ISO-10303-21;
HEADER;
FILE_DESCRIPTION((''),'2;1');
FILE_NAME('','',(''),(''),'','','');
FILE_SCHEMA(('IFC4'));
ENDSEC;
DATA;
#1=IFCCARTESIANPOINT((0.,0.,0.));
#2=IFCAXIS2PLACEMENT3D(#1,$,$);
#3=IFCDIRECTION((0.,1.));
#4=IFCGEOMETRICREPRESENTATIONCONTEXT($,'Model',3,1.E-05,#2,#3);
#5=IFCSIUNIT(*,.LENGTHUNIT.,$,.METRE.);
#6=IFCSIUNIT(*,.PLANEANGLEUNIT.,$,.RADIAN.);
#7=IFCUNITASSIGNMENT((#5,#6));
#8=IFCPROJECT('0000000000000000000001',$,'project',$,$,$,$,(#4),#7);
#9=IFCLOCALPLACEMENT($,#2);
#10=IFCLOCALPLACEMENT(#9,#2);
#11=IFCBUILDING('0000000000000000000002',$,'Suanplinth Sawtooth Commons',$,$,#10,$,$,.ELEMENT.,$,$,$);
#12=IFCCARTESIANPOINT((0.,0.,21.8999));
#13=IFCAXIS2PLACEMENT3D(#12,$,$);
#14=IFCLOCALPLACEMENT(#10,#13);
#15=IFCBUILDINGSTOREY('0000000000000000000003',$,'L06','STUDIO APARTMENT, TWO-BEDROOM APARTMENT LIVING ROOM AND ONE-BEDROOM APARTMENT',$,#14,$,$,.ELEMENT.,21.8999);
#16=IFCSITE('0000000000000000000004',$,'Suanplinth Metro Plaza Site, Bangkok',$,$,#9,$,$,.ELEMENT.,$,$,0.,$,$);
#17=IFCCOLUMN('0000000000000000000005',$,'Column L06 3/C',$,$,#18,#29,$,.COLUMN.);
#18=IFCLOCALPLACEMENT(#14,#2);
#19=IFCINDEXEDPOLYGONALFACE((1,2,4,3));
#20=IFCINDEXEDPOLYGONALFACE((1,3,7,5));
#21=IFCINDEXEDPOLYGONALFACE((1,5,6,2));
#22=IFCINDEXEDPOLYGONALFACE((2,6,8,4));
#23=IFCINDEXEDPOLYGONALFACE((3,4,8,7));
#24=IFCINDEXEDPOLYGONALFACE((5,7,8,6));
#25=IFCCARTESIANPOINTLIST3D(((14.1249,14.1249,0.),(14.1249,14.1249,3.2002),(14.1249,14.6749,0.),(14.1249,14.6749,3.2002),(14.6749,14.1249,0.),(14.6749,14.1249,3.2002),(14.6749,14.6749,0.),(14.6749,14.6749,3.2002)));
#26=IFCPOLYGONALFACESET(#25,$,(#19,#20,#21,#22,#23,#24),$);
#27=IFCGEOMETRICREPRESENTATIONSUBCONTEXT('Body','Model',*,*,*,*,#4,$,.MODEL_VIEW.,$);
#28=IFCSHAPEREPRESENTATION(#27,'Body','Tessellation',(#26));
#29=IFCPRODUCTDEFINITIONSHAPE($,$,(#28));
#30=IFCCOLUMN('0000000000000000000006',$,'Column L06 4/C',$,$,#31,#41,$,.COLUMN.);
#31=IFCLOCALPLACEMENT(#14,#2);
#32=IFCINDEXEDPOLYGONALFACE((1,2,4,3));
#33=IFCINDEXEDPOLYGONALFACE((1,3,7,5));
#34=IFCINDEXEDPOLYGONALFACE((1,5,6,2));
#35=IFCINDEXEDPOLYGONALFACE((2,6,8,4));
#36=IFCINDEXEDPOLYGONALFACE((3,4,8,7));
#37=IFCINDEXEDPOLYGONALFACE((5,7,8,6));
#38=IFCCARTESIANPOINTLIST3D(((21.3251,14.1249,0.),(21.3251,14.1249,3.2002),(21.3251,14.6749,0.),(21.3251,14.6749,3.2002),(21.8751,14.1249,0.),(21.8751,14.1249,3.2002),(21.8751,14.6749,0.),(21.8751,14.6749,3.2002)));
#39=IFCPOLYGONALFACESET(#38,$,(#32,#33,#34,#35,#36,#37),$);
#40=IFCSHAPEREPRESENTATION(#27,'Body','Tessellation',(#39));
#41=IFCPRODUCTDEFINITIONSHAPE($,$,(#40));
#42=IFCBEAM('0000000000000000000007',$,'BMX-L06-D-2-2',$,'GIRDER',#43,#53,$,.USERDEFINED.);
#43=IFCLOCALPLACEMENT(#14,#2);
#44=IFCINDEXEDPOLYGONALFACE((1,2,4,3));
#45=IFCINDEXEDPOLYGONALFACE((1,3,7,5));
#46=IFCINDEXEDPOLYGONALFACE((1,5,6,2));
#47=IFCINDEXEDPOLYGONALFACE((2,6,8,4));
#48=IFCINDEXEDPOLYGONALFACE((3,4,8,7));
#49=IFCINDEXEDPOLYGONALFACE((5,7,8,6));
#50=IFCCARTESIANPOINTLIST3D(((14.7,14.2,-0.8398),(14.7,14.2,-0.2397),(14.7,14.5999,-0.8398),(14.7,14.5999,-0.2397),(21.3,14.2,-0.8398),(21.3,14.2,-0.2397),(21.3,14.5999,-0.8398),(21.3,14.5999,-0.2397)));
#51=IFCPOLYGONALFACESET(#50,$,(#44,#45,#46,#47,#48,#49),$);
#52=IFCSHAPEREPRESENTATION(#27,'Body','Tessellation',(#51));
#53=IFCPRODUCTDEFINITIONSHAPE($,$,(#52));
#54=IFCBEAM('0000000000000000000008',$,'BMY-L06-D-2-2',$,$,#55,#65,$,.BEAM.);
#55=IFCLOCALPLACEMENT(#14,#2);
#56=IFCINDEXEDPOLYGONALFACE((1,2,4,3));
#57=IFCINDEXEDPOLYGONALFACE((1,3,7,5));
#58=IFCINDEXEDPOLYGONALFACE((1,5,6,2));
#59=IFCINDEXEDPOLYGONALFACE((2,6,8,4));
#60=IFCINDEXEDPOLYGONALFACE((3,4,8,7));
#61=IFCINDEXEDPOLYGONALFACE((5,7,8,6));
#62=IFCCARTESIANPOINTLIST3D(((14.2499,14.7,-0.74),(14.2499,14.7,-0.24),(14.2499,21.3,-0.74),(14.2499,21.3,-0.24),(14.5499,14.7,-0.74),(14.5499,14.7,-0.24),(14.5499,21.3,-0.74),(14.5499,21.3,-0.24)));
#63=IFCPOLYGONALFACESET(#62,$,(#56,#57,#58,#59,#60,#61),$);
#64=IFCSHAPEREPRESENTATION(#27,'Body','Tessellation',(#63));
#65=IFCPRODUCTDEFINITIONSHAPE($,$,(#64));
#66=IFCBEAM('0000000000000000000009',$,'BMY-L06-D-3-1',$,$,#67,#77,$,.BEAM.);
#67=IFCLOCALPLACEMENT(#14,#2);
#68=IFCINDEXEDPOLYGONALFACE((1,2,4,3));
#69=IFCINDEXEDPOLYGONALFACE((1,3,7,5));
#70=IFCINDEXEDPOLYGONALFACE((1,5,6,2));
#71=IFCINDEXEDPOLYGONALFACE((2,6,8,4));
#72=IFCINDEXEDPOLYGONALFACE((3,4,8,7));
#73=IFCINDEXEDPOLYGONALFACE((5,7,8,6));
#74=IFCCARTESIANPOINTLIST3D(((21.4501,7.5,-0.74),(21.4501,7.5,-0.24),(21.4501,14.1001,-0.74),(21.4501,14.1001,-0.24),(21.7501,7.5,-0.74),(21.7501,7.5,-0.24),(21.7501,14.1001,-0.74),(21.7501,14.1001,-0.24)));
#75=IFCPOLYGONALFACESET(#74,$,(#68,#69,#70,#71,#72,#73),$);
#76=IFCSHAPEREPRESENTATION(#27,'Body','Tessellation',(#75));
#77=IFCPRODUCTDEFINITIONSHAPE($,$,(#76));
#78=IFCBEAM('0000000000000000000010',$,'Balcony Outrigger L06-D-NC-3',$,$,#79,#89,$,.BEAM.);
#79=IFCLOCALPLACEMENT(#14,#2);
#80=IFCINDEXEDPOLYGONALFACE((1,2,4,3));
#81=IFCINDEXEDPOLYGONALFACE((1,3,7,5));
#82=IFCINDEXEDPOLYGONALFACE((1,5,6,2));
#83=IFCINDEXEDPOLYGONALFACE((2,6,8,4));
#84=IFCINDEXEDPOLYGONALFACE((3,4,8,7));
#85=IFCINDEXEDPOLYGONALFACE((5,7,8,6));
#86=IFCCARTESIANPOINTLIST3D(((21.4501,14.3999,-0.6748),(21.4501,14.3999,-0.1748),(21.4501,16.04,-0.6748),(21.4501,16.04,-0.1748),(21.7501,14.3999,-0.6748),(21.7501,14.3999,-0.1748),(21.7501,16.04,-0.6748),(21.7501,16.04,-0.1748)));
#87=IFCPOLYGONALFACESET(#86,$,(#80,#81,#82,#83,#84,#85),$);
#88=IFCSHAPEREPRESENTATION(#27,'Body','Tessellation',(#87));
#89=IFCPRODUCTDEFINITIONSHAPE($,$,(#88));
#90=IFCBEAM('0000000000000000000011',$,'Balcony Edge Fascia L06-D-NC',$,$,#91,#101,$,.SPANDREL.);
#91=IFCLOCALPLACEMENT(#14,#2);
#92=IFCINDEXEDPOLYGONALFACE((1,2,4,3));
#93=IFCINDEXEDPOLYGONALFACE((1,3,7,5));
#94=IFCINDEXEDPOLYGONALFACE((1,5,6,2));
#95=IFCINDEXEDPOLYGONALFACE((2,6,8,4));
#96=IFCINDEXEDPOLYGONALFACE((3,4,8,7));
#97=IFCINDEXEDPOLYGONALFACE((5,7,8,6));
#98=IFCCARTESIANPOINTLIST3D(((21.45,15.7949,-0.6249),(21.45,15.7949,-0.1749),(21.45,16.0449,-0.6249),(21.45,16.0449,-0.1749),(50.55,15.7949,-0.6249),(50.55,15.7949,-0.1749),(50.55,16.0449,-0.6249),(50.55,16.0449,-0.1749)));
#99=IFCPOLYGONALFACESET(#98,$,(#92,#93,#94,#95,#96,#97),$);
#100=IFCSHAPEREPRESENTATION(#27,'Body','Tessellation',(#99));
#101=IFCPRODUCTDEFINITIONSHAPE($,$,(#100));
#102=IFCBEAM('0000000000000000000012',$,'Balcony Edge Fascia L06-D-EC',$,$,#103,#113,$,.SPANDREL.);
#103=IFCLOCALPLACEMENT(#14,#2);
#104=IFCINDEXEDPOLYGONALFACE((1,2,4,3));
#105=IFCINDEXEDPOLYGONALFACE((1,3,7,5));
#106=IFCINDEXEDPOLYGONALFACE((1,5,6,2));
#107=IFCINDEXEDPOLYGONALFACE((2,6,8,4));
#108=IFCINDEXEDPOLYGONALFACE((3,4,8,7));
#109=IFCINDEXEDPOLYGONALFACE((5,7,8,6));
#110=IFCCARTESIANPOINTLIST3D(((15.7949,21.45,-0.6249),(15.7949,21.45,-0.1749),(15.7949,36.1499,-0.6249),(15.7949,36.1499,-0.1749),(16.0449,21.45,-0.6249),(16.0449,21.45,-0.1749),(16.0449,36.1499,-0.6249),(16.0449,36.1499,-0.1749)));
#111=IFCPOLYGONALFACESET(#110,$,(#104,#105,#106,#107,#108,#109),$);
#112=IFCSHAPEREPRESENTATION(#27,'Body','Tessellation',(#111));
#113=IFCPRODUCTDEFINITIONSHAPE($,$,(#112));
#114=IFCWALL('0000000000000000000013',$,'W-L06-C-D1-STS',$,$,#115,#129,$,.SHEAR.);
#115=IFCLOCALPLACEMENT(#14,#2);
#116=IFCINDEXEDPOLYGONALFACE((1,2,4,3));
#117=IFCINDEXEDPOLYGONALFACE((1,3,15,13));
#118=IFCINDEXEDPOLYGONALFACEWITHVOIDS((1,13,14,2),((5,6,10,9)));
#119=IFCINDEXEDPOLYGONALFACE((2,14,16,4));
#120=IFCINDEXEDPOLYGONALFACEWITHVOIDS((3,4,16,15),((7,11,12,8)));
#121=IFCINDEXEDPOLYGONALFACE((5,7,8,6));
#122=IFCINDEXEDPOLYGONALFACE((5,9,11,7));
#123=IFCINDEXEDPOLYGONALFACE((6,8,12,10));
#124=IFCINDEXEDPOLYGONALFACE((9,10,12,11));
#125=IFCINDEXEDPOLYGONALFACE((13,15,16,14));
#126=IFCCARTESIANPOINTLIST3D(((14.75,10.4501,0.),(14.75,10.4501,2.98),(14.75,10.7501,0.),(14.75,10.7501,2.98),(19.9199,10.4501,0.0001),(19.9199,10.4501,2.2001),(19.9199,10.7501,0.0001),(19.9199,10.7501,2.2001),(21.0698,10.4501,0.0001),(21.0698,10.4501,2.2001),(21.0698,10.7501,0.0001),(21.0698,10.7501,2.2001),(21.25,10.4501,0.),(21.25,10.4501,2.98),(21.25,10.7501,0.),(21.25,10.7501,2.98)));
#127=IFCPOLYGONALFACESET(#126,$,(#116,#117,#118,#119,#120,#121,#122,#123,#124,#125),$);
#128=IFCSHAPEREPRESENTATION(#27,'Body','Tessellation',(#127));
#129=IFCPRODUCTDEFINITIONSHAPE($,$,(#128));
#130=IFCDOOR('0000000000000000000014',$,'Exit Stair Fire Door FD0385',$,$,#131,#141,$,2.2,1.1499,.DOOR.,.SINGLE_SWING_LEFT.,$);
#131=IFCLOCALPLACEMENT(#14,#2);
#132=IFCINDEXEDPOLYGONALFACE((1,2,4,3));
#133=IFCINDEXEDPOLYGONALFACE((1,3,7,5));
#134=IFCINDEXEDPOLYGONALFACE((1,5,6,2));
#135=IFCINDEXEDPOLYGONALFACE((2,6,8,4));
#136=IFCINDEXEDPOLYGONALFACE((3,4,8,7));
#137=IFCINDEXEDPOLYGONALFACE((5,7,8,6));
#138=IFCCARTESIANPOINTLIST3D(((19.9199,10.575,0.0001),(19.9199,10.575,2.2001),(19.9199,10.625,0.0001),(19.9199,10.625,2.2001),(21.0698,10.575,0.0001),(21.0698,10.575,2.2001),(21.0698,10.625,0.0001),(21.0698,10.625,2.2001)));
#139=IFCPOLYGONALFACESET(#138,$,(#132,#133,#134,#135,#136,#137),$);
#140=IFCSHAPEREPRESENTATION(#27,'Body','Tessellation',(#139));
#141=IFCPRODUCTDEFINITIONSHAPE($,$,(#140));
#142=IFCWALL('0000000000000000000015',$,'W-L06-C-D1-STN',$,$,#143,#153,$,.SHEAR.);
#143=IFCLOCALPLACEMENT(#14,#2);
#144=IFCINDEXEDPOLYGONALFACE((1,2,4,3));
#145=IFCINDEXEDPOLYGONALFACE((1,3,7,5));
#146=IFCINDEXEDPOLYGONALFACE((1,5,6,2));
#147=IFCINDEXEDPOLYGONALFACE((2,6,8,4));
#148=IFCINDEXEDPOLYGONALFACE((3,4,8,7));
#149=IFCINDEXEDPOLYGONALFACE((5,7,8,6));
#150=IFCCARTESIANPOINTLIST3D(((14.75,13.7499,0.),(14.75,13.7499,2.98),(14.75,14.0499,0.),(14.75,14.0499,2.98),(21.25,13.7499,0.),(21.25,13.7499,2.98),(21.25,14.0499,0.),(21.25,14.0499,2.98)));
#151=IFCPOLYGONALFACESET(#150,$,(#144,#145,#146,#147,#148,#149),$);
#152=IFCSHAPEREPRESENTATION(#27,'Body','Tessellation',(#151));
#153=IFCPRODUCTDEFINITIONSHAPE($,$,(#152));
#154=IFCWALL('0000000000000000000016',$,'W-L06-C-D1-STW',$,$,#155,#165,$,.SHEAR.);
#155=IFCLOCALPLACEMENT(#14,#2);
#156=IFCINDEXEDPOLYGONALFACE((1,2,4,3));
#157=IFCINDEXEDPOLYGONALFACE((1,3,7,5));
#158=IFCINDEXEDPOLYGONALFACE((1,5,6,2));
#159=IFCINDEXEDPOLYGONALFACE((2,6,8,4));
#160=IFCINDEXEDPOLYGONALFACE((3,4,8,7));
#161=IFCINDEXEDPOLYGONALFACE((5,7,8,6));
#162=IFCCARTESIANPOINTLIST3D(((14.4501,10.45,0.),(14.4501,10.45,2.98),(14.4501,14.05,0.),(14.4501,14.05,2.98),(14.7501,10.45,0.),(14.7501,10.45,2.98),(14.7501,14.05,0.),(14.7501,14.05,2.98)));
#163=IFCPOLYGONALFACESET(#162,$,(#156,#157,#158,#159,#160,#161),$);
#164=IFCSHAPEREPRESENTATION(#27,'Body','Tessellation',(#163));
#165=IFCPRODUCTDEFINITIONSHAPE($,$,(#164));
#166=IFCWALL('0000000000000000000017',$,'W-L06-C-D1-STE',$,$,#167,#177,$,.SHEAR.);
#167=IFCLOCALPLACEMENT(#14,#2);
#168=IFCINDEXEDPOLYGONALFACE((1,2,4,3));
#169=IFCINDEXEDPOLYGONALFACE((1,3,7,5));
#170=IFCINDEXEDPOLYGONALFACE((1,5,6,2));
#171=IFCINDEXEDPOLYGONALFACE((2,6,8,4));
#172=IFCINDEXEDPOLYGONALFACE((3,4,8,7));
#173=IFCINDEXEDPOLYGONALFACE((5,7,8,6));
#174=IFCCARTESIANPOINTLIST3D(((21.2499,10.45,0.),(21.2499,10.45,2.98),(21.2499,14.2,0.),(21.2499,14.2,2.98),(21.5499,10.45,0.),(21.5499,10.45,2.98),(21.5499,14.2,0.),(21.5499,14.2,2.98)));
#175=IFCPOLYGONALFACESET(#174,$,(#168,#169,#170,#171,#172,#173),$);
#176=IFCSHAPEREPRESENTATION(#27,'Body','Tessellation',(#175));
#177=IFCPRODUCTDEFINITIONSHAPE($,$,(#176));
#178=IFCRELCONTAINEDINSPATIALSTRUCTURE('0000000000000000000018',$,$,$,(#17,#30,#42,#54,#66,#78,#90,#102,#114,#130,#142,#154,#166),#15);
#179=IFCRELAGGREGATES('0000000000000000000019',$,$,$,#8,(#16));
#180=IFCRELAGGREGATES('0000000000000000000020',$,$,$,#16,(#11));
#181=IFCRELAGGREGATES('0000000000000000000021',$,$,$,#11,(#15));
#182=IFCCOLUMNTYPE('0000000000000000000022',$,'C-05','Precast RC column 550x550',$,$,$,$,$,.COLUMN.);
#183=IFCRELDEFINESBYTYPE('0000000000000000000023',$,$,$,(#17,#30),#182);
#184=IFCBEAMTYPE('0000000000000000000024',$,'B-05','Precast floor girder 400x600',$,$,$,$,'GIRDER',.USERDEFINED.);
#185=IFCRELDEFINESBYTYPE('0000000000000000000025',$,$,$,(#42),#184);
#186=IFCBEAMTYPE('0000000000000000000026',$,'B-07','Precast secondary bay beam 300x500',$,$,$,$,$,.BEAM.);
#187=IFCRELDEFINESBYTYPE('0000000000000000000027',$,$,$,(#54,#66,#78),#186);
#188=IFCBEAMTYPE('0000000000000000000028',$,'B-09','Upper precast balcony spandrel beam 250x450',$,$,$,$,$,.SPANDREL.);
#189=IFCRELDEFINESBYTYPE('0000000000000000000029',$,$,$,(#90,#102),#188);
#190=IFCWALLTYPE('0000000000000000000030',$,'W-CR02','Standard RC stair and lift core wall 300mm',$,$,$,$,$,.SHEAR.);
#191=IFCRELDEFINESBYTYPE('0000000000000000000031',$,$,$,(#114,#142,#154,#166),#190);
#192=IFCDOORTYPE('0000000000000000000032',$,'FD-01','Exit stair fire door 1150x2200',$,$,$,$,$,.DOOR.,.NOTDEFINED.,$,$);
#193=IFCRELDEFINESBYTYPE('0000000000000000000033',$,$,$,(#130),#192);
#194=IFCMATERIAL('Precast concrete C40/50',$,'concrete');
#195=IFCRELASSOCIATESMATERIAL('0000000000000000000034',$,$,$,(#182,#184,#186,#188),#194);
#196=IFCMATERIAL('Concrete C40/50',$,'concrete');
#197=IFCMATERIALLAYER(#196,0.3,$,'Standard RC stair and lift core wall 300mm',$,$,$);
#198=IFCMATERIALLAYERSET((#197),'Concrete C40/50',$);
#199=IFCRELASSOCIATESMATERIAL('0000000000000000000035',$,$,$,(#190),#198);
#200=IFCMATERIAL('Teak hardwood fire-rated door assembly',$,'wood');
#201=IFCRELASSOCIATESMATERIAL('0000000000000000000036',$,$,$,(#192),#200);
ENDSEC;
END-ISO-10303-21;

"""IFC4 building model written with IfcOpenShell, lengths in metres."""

from ifc_helpers import new_model, si_unit, direction, frame, frame_2d, origin, origin_2d, place, context, subcontext, project, spatial, rectangle, extrude, material, layer, layer_set, material_profile, profile_set, type_object, element, fill, save


model = new_model("IFC4")

# Units and contexts
model_context = context("Model", 3, precision=1e-05, world=origin(), true_north=direction((0.0, 1.0)))
body_context = subcontext(model_context, "Body", "Model", "MODEL_VIEW")
ifc_project = project(units=[si_unit("LENGTHUNIT", "METRE"), si_unit("PLANEANGLEUNIT", "RADIAN")], contexts=[model_context])

# Site, building, storey
site_placement = place(None, origin())
site = spatial("IfcSite", under=ifc_project, at=site_placement, Name="Suanplinth Metro Plaza Site, Bangkok", CompositionType="ELEMENT", RefElevation=0.0)
building_placement = place(site_placement, origin())
building = spatial("IfcBuilding", under=site, at=building_placement, Name="Suanplinth Sawtooth Commons", CompositionType="ELEMENT")
storey_placement = place(building_placement, frame((0.0, 0.0, 21.8999)))
storey = spatial("IfcBuildingStorey", under=building, at=storey_placement, Name="L06", Description="STUDIO APARTMENT, TWO-BEDROOM APARTMENT LIVING ROOM AND ONE-BEDROOM APARTMENT", CompositionType="ELEMENT", Elevation=21.8999)

# Columns
ifc_material_1 = material(Name="Precast concrete C40/50", Category="concrete")
ifc_material_profile_1 = material_profile(ifc_material_1, rectangle(XDim=0.55, YDim=0.55, at=origin_2d()), Name="PC-COL 550x550")
ifc_profile_set_1 = profile_set([ifc_material_profile_1], Name="Precast concrete C40/50")
column_type = type_object("IfcColumnType", Name="C-05", Description="Precast RC column 550x550", PredefinedType="COLUMN", material=ifc_profile_set_1)
for number, where, z_axis, x_axis, name in (
    (1, (14.3999, 14.3999, 0.0), (0.0, 0.0, 1.0), (1.0, 0.0, 0.0), "Column L06 3/C"),
    (2, (21.6001, 14.3999, 0.0), (0.0, 0.0, 1.0), (1.0, 0.0, 0.0), "Column L06 4/C"),
):
    element("IfcColumn", number, at=place(storey_placement, frame(where, z_axis=z_axis, x_axis=x_axis)), inside=storey, type_object=column_type, Name=name, PredefinedType="COLUMN", context=body_context, shape_type="SweptSolid", body=[
        extrude(rectangle(XDim=0.55, YDim=0.55, at=origin_2d()), origin(), (0.0, 0.0, 1.0), 3.2002),
    ])

# Beams
ifc_material_profile_2 = material_profile(ifc_material_1, rectangle(XDim=0.3999, YDim=0.6001, at=origin_2d()), Name="PC-GDR 400x600")
ifc_profile_set_2 = profile_set([ifc_material_profile_2], Name="Precast concrete C40/50")
beam_type_1 = type_object("IfcBeamType", Name="B-05", Description="Precast floor girder 400x600", ElementType="GIRDER", PredefinedType="USERDEFINED", material=ifc_profile_set_2)
beam_1_placement = place(storey_placement, frame((14.7, 14.3999, -0.5398), z_axis=(1.0, 0.0, 0.0), x_axis=(0.0, 1.0, 0.0)))
element("IfcBeam", 3, at=beam_1_placement, inside=storey, type_object=beam_type_1, Name="BMX-L06-D-2-2", ObjectType="GIRDER", PredefinedType="USERDEFINED", context=body_context, shape_type="SweptSolid", body=[
    extrude(rectangle(XDim=0.3999, YDim=0.6001, at=origin_2d()), origin(), (0.0, 0.0, 1.0), 6.6001),
])
ifc_material_profile_3 = material_profile(ifc_material_1, rectangle(XDim=0.3, YDim=0.5, at=origin_2d()), Name="PC-BM 300x500")
ifc_profile_set_3 = profile_set([ifc_material_profile_3], Name="Precast concrete C40/50")
beam_type_2 = type_object("IfcBeamType", Name="B-07", Description="Precast secondary bay beam 300x500", PredefinedType="BEAM", material=ifc_profile_set_3)
for number, where, z_axis, x_axis, name in (
    (4, (14.3999, 14.7, -0.49), (0.0, 1.0, 0.0), (-1.0, 0.0, 0.0), "BMY-L06-D-2-2"),
    (5, (21.6001, 7.5, -0.49), (0.0, 1.0, 0.0), (-1.0, 0.0, 0.0), "BMY-L06-D-3-1"),
):
    element("IfcBeam", number, at=place(storey_placement, frame(where, z_axis=z_axis, x_axis=x_axis)), inside=storey, type_object=beam_type_2, Name=name, PredefinedType="BEAM", context=body_context, shape_type="SweptSolid", body=[
        extrude(rectangle(XDim=0.3, YDim=0.5, at=origin_2d()), origin(), (0.0, 0.0, 1.0), 6.6001),
    ])
beam_2_placement = place(storey_placement, frame((21.6001, 14.3999, -0.4248), z_axis=(0.0, 1.0, 0.0), x_axis=(-1.0, 0.0, 0.0)))
element("IfcBeam", 6, at=beam_2_placement, inside=storey, type_object=beam_type_2, Name="Balcony Outrigger L06-D-NC-3", PredefinedType="BEAM", context=body_context, shape_type="SweptSolid", body=[
    extrude(rectangle(XDim=0.3, YDim=0.5, at=origin_2d()), origin(), (0.0, 0.0, 1.0), 1.6401),
])
ifc_material_profile_4 = material_profile(ifc_material_1, rectangle(XDim=0.25, YDim=0.45, at=origin_2d()), Name="PC-SP 250x450")
ifc_profile_set_4 = profile_set([ifc_material_profile_4], Name="Precast concrete C40/50")
beam_type_3 = type_object("IfcBeamType", Name="B-09", Description="Upper precast balcony spandrel beam 250x450", PredefinedType="SPANDREL", material=ifc_profile_set_4)
beam_3_placement = place(storey_placement, frame((21.45, 15.9199, -0.3999), z_axis=(1.0, 0.0, 0.0), x_axis=(0.0, 1.0, 0.0)))
element("IfcBeam", 7, at=beam_3_placement, inside=storey, type_object=beam_type_3, Name="Balcony Edge Fascia L06-D-NC", PredefinedType="SPANDREL", context=body_context, shape_type="SweptSolid", body=[
    extrude(rectangle(XDim=0.25, YDim=0.45, at=origin_2d()), origin(), (0.0, 0.0, 1.0), 29.1001),
])
beam_4_placement = place(storey_placement, frame((15.9199, 21.45, -0.3999), z_axis=(0.0, 1.0, 0.0), x_axis=(-1.0, 0.0, 0.0)))
element("IfcBeam", 8, at=beam_4_placement, inside=storey, type_object=beam_type_3, Name="Balcony Edge Fascia L06-D-EC", PredefinedType="SPANDREL", context=body_context, shape_type="SweptSolid", body=[
    extrude(rectangle(XDim=0.25, YDim=0.45, at=origin_2d()), origin(), (0.0, 0.0, 1.0), 14.7),
])

# Wall, opening, door
ifc_material_2 = material(Name="Concrete C40/50", Category="concrete")
ifc_layer_1 = layer(ifc_material_2, 0.3, Name="Standard RC stair and lift core wall 300mm")
ifc_layer_set_1 = layer_set([ifc_layer_1], Name="Concrete C40/50")
wall_type_1 = type_object("IfcWallType", Name="W-CR02", Description="Standard RC stair and lift core wall 300mm", PredefinedType="SHEAR", material=ifc_layer_set_1)
wall_1_placement = place(storey_placement, frame((14.75, 10.6001, 0.0), z_axis=(0.0, 0.0, 1.0), x_axis=(1.0, 0.0, 0.0)))
wall_1 = element("IfcWall", 9, at=wall_1_placement, inside=storey, type_object=wall_type_1, Name="W-L06-C-D1-STS", PredefinedType="SHEAR", context=body_context, shape_type="SweptSolid", body=[
    extrude(rectangle(XDim=6.5, YDim=0.3, at=frame_2d((3.25, 0.0))), origin(), (0.0, 0.0, 1.0), 2.98),
])
opening_1_placement = place(wall_1_placement, frame((5.1699, 0.0, 0.0)))
opening_1 = element("IfcOpeningElement", 10, at=opening_1_placement, cuts=wall_1, PredefinedType="OPENING", context=body_context, shape_type="SweptSolid", body=[
    extrude(rectangle(XDim=1.1499, YDim=2.2, at=frame_2d((0.575, 1.1001))), frame((0.0, 0.165, 0.0), z_axis=(0.0, -1.0, 0.0), x_axis=(1.0, 0.0, 0.0)), (0.0, 0.0, 1.0), 0.3298),
])
ifc_material_3 = material(Name="Teak hardwood fire-rated door assembly", Category="wood")
door_type_1 = type_object("IfcDoorType", Name="FD-01", Description="Exit stair fire door 1150x2200", OperationType="NOTDEFINED", PredefinedType="DOOR", material=ifc_material_3)
door_1_placement = place(opening_1_placement, origin())
door_1 = element("IfcDoor", 11, at=door_1_placement, inside=storey, type_object=door_type_1, Name="Exit Stair Fire Door FD0385", OperationType="SINGLE_SWING_LEFT", OverallHeight=2.2, OverallWidth=1.1499, PredefinedType="DOOR", context=body_context, shape_type="SweptSolid", body=[
    extrude(rectangle(XDim=1.1499, YDim=2.2, at=frame_2d((0.575, 1.1001))), frame((0.0, 0.0249, 0.0), z_axis=(0.0, -1.0, 0.0), x_axis=(1.0, 0.0, 0.0)), (0.0, 0.0, 1.0), 0.05),
])
fill(opening_1, door_1)

# Walls
wall_2_placement = place(storey_placement, frame((14.75, 13.8999, 0.0), z_axis=(0.0, 0.0, 1.0), x_axis=(1.0, 0.0, 0.0)))
element("IfcWall", 12, at=wall_2_placement, inside=storey, type_object=wall_type_1, Name="W-L06-C-D1-STN", PredefinedType="SHEAR", context=body_context, shape_type="SweptSolid", body=[
    extrude(rectangle(XDim=6.5, YDim=0.3, at=frame_2d((3.25, 0.0))), origin(), (0.0, 0.0, 1.0), 2.98),
])
wall_3_placement = place(storey_placement, frame((14.6001, 10.45, 0.0), z_axis=(0.0, 0.0, 1.0), x_axis=(0.0, 1.0, 0.0)))
element("IfcWall", 13, at=wall_3_placement, inside=storey, type_object=wall_type_1, Name="W-L06-C-D1-STW", PredefinedType="SHEAR", context=body_context, shape_type="SweptSolid", body=[
    extrude(rectangle(XDim=3.6001, YDim=0.3, at=frame_2d((1.8, 0.0))), origin(), (0.0, 0.0, 1.0), 2.98),
])
wall_4_placement = place(storey_placement, frame((21.3999, 10.45, 0.0), z_axis=(0.0, 0.0, 1.0), x_axis=(0.0, 1.0, 0.0)))
element("IfcWall", 14, at=wall_4_placement, inside=storey, type_object=wall_type_1, Name="W-L06-C-D1-STE", PredefinedType="SHEAR", context=body_context, shape_type="SweptSolid", body=[
    extrude(rectangle(XDim=3.75, YDim=0.3, at=frame_2d((1.875, 0.0))), origin(), (0.0, 0.0, 1.0), 2.98),
])

save(model, "model.ifc")
